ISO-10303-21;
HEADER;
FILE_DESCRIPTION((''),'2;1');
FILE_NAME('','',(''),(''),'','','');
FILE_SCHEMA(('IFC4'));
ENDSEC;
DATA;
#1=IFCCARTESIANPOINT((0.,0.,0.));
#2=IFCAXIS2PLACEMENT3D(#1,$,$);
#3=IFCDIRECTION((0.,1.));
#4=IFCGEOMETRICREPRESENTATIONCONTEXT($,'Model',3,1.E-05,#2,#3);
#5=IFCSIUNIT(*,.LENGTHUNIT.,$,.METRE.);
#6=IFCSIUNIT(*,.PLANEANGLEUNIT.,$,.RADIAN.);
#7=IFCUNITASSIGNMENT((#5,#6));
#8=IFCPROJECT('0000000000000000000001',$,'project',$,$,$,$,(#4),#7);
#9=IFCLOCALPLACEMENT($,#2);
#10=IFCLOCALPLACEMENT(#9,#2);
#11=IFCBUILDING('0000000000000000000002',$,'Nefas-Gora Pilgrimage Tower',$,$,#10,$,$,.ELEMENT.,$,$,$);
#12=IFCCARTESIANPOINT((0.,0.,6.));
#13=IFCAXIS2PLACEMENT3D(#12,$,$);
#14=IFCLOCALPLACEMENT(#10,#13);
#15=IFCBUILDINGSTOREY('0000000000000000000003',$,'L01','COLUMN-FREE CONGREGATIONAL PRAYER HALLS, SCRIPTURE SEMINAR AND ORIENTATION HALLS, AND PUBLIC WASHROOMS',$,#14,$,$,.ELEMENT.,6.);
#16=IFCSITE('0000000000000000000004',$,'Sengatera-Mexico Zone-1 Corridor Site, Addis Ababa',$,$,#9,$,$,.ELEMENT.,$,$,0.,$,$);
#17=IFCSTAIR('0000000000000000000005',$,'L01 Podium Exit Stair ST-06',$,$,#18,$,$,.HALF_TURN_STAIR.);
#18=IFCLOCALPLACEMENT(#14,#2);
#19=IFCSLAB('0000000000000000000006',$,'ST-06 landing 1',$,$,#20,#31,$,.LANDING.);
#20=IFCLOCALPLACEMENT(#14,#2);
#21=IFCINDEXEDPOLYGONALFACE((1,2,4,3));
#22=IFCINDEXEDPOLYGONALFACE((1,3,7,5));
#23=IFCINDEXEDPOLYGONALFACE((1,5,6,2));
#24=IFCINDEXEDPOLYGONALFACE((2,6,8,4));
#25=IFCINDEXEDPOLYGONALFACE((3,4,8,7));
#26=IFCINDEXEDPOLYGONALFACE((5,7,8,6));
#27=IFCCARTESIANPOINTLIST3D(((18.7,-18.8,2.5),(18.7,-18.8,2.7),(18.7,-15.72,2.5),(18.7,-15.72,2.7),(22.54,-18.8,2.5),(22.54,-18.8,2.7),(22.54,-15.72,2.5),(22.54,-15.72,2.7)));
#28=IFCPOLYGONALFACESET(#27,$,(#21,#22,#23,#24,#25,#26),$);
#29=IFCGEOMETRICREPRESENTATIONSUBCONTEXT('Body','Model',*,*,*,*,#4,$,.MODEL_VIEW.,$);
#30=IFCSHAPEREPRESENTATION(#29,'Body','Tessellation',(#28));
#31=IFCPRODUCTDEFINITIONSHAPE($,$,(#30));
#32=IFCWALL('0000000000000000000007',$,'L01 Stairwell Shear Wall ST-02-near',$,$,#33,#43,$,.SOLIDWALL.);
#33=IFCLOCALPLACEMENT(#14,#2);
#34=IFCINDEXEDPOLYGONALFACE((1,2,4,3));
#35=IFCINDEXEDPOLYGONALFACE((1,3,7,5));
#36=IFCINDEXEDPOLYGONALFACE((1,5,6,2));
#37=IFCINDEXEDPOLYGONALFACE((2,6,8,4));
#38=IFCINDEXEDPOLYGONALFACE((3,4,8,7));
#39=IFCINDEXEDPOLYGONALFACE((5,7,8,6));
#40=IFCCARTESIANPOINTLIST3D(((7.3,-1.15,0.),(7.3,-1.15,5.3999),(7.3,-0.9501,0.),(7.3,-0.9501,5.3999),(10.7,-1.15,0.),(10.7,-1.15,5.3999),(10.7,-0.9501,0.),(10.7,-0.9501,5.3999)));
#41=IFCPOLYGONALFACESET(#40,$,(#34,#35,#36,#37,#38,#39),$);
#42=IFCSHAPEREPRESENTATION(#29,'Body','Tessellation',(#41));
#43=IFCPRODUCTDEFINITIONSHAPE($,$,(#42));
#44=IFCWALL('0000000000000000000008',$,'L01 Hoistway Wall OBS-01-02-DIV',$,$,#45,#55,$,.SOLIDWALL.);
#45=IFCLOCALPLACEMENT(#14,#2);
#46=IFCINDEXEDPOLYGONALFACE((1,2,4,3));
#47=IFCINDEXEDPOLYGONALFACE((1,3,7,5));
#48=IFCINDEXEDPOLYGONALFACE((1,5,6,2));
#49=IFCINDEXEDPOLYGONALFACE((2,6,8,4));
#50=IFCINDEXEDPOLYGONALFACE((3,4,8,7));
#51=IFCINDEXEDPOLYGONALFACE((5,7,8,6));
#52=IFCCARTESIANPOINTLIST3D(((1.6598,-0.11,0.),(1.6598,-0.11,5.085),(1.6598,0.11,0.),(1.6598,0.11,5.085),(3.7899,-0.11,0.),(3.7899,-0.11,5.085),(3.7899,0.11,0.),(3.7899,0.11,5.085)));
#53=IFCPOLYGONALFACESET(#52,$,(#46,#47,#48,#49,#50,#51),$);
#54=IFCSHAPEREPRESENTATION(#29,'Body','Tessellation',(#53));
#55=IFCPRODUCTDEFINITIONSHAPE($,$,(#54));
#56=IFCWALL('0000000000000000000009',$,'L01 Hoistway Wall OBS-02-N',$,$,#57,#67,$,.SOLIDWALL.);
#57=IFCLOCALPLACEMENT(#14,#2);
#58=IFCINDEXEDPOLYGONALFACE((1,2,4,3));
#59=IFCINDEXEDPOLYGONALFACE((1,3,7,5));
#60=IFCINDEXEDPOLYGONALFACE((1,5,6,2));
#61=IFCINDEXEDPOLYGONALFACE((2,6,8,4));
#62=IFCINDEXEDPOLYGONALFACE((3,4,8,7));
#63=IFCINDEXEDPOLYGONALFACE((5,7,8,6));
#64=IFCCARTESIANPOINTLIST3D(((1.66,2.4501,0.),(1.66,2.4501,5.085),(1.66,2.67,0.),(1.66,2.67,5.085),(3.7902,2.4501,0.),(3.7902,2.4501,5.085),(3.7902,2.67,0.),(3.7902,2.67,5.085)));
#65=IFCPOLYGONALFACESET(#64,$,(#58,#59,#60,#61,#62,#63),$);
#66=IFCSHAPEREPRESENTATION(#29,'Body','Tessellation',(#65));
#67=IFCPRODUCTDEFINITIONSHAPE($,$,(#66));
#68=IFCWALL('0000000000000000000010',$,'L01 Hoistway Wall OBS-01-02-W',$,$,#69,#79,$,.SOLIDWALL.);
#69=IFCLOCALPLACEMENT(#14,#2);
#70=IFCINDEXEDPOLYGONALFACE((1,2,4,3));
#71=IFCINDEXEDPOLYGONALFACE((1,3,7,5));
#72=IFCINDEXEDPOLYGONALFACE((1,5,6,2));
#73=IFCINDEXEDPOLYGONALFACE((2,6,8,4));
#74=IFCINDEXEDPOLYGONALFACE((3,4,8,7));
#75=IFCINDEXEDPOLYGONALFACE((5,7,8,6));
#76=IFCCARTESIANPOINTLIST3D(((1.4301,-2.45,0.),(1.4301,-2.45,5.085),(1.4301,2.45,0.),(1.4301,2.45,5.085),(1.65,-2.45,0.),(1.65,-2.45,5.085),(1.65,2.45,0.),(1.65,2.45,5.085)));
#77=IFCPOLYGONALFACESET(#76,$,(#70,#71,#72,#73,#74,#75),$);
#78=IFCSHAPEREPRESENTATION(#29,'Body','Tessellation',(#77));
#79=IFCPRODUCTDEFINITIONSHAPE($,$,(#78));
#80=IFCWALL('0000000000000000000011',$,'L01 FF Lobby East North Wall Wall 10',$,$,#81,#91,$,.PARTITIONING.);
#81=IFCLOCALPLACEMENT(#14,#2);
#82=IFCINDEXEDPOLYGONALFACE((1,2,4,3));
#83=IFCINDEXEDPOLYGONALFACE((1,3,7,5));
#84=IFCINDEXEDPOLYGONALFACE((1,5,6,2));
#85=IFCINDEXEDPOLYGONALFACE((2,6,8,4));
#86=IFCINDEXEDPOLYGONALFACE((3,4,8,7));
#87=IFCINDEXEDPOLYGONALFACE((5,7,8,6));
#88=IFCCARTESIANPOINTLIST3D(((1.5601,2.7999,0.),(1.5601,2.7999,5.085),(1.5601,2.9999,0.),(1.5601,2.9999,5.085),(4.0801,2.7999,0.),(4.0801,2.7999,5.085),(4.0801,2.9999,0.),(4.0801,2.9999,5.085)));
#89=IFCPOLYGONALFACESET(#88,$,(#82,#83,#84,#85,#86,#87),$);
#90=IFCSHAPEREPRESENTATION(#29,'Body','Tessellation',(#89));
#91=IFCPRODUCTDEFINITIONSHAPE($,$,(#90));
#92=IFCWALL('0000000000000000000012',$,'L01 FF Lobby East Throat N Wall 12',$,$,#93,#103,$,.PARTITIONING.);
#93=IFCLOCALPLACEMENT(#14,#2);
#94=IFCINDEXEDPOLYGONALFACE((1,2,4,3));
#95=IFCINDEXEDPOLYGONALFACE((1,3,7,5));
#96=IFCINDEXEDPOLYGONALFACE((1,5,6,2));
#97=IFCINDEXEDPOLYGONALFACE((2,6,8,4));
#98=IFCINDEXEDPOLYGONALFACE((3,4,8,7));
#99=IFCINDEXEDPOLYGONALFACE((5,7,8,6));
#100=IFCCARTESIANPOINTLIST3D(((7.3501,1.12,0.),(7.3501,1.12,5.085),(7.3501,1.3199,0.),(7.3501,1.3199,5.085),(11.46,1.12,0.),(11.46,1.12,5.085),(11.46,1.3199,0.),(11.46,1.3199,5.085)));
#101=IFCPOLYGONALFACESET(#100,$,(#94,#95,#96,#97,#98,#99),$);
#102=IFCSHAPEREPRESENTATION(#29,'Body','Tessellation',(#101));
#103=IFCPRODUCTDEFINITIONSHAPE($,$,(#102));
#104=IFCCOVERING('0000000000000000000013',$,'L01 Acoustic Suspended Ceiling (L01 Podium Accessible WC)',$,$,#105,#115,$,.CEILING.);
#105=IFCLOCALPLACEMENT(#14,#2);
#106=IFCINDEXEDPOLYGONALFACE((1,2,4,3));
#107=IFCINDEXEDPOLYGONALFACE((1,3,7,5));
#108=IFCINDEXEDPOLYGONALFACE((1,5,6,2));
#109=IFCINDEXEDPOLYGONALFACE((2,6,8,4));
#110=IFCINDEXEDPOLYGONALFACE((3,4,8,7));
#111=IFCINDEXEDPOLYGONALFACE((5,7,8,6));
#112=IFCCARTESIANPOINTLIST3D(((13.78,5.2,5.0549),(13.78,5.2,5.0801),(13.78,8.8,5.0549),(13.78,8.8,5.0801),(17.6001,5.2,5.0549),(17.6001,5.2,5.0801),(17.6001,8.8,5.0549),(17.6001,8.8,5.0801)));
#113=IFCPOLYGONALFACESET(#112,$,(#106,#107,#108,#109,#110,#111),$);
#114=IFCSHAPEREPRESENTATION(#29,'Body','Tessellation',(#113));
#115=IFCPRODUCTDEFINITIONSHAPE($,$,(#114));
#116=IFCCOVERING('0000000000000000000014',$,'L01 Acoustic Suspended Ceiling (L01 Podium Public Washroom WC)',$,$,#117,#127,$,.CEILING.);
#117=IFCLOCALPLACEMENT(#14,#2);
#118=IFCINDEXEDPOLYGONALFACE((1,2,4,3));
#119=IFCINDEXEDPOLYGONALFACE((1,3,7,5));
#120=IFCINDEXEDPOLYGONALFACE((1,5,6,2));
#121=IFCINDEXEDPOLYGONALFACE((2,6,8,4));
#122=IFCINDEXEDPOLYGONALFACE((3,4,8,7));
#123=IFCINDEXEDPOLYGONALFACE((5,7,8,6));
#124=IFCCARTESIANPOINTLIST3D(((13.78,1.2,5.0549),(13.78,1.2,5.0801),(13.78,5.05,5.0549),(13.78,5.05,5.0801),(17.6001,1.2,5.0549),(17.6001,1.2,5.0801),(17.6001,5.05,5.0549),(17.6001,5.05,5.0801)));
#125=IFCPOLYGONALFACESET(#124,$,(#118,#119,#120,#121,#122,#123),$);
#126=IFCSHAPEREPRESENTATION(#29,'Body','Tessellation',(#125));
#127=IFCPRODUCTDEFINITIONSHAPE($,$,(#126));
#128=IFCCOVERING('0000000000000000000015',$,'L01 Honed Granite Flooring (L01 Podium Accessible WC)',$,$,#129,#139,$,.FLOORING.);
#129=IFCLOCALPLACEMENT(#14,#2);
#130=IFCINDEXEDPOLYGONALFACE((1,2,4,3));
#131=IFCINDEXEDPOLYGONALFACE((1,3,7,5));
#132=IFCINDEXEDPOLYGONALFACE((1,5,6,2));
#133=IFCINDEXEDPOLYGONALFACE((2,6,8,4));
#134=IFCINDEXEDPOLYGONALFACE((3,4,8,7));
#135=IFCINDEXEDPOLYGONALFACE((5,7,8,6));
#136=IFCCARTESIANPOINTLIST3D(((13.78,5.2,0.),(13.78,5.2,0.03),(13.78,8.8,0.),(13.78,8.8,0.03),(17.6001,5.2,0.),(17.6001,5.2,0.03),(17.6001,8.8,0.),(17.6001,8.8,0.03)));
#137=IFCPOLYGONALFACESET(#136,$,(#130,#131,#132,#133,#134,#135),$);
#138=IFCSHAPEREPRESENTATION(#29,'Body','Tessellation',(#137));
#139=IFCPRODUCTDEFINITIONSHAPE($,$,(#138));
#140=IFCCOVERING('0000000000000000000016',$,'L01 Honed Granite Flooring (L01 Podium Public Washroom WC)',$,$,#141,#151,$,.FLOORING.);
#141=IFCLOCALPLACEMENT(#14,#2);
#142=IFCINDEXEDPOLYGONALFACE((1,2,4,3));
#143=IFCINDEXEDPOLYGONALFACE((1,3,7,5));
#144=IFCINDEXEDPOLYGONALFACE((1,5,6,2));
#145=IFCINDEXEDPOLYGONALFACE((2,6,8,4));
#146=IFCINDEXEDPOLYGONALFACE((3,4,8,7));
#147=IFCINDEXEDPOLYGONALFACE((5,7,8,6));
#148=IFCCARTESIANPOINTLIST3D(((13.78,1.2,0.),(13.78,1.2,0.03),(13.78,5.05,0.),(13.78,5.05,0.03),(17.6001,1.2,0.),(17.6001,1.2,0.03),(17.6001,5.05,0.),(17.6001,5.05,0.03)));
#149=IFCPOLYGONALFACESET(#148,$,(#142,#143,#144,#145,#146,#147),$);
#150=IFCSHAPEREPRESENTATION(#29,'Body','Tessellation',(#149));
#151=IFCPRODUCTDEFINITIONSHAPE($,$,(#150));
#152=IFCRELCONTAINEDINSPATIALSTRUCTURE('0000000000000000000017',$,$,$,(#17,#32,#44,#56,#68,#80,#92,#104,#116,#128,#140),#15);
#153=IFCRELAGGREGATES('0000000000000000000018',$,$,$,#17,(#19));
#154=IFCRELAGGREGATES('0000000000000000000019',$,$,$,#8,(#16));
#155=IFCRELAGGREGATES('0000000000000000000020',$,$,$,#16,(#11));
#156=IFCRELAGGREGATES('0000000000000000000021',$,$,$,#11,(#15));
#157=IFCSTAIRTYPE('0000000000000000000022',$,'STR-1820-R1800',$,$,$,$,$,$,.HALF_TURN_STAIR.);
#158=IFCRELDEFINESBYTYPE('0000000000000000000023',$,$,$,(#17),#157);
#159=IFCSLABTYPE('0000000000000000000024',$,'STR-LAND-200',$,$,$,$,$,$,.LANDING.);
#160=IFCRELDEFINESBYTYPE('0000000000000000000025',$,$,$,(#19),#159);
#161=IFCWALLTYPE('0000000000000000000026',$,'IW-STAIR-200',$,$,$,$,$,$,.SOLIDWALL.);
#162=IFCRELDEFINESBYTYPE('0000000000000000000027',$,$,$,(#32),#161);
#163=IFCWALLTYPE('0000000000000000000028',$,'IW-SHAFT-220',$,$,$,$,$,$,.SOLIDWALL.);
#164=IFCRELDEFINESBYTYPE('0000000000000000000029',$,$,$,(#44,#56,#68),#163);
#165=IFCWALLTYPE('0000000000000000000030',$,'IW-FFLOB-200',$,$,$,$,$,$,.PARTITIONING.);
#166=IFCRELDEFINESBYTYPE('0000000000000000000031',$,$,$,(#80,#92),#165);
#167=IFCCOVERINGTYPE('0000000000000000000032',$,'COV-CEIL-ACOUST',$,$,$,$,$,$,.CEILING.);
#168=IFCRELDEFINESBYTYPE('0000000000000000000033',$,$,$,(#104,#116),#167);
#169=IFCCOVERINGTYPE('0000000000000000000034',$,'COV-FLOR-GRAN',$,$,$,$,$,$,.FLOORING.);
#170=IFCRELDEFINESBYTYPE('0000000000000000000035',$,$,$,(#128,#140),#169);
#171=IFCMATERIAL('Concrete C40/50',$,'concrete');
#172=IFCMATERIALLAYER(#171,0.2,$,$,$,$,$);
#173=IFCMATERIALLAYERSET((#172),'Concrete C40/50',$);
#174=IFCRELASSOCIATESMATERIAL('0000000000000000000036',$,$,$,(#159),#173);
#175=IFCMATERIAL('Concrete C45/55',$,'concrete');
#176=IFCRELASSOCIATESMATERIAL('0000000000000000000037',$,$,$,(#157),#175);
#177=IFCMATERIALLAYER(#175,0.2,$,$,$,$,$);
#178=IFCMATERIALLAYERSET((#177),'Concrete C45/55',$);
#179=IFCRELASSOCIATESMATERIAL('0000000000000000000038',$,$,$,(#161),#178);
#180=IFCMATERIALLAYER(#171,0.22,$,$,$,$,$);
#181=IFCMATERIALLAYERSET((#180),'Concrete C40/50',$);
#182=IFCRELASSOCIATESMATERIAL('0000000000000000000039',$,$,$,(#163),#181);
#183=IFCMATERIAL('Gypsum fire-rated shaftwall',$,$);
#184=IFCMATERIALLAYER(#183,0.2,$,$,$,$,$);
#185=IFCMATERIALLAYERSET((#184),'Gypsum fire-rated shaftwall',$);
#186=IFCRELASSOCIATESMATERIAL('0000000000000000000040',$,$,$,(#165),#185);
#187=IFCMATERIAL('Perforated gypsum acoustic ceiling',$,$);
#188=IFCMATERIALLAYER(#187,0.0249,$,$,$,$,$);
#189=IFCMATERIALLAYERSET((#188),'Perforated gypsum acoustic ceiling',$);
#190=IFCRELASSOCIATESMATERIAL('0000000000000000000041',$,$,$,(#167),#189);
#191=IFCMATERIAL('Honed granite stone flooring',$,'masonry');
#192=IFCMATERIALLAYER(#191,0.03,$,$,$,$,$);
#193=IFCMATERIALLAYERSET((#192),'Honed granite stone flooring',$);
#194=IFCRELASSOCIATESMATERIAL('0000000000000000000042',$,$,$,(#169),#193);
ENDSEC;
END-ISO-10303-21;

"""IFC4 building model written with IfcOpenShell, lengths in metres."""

from ifc_helpers import new_model, si_unit, direction, frame, frame_2d, origin, place, context, subcontext, project, spatial, polyline, rectangle, outline, extrude, source, transform, mapped, material, layer, layer_set, type_object, element, aggregate, save


model = new_model("IFC4")

# Units and contexts
model_context = context("Model", 3, precision=1e-05, world=origin(), true_north=direction((0.0, 1.0)))
body_context = subcontext(model_context, "Body", "Model", "MODEL_VIEW")
ifc_project = project(units=[si_unit("LENGTHUNIT", "METRE"), si_unit("PLANEANGLEUNIT", "RADIAN")], contexts=[model_context])

# Site, building, storey
site_placement = place(None, origin())
site = spatial("IfcSite", under=ifc_project, at=site_placement, Name="Sengatera-Mexico Zone-1 Corridor Site, Addis Ababa", CompositionType="ELEMENT", RefElevation=0.0)
building_placement = place(site_placement, origin())
building = spatial("IfcBuilding", under=site, at=building_placement, Name="Nefas-Gora Pilgrimage Tower", CompositionType="ELEMENT")
storey_placement = place(building_placement, frame((0.0, 0.0, 6.0)))
storey = spatial("IfcBuildingStorey", under=building, at=storey_placement, Name="L01", Description="COLUMN-FREE CONGREGATIONAL PRAYER HALLS, SCRIPTURE SEMINAR AND ORIENTATION HALLS, AND PUBLIC WASHROOMS", CompositionType="ELEMENT", Elevation=6.0)

# Shared definitions
ifc_material_1 = material(Name="Concrete C45/55", Category="concrete")

# Stair, slab
ifc_material_2 = material(Name="Concrete C40/50", Category="concrete")
ifc_layer_1 = layer(ifc_material_2, 0.2)
ifc_layer_set_1 = layer_set([ifc_layer_1], Name="Concrete C40/50")
slab_type_1 = type_object("IfcSlabType", Name="STR-LAND-200", PredefinedType="LANDING", material=ifc_layer_set_1)
stair_type_1 = type_object("IfcStairType", Name="STR-1820-R1800", PredefinedType="HALF_TURN_STAIR", material=ifc_material_1)
stair_1_placement = place(storey_placement, origin())
stair_1 = element("IfcStair", 1, at=stair_1_placement, inside=storey, type_object=stair_type_1, Name="L01 Podium Exit Stair ST-06", PredefinedType="HALF_TURN_STAIR")
slab_1_placement = place(storey_placement, frame((0.0, 0.0, 2.5)))
slab_1 = element("IfcSlab", 2, at=slab_1_placement, type_object=slab_type_1, Name="ST-06 landing 1", PredefinedType="LANDING", context=body_context, shape_type="SweptSolid", body=[
    extrude(outline(polyline([(18.7, -15.72), (18.7, -18.8), (22.54, -18.8), (22.54, -15.72), (18.7, -15.72)])), origin(), (0.0, 0.0, 1.0), 0.2),
])
aggregate(stair_1, [slab_1])

# Walls
ifc_layer_2 = layer(ifc_material_1, 0.2)
ifc_layer_set_2 = layer_set([ifc_layer_2], Name="Concrete C45/55")
wall_type_1 = type_object("IfcWallType", Name="IW-STAIR-200", PredefinedType="SOLIDWALL", material=ifc_layer_set_2)
shared_shape_1 = source(origin(), body_context, "Body", "SweptSolid", [
    extrude(rectangle(XDim=3.3999, YDim=0.2, at=frame_2d((1.7, 0.0))), origin(), (0.0, 0.0, 1.0), 5.3999),
])
wall_1_placement = place(storey_placement, frame((7.3, -1.05, 0.0), z_axis=(0.0, 0.0, 1.0), x_axis=(1.0, 0.0, 0.0)))
element("IfcWall", 3, at=wall_1_placement, inside=storey, type_object=wall_type_1, Name="L01 Stairwell Shear Wall ST-02-near", PredefinedType="SOLIDWALL", context=body_context, shape_type="MappedRepresentation", body=[
    mapped(shared_shape_1, transform((0.0, 0.0, 0.0), x_axis=(1.0, 0.0, 0.0), y_axis=(0.0, 1.0, 0.0), z_axis=(0.0, 0.0, 1.0), scale=1.0)),
])
ifc_layer_3 = layer(ifc_material_2, 0.22)
ifc_layer_set_3 = layer_set([ifc_layer_3], Name="Concrete C40/50")
wall_type_2 = type_object("IfcWallType", Name="IW-SHAFT-220", PredefinedType="SOLIDWALL", material=ifc_layer_set_3)
shared_shape_2 = source(origin(), body_context, "Body", "SweptSolid", [
    extrude(rectangle(XDim=2.1301, YDim=0.22, at=frame_2d((1.0649, 0.0))), origin(), (0.0, 0.0, 1.0), 5.085),
])
for number, where, z_axis, x_axis, name in (
    (4, (1.6599, 0.0, 0.0), (0.0, 0.0, 1.0), (1.0, 0.0, 0.0), "L01 Hoistway Wall OBS-01-02-DIV"),
    (5, (3.79, 2.5601, 0.0), (0.0, 0.0, 1.0), (-1.0, 0.0, 0.0), "L01 Hoistway Wall OBS-02-N"),
):
    element("IfcWall", number, at=place(storey_placement, frame(where, z_axis=z_axis, x_axis=x_axis)), inside=storey, type_object=wall_type_2, Name=name, PredefinedType="SOLIDWALL", context=body_context, shape_type="MappedRepresentation", body=[
        mapped(shared_shape_2, transform((0.0, 0.0, 0.0), x_axis=(1.0, 0.0, 0.0), y_axis=(0.0, 1.0, 0.0), z_axis=(0.0, 0.0, 1.0), scale=1.0)),
    ])
shared_shape_3 = source(origin(), body_context, "Body", "SweptSolid", [
    extrude(rectangle(XDim=4.8999, YDim=0.22, at=frame_2d((2.45, 0.0))), origin(), (0.0, 0.0, 1.0), 5.085),
])
wall_2_placement = place(storey_placement, frame((1.54, 2.45, 0.0), z_axis=(0.0, 0.0, 1.0), x_axis=(0.0, -1.0, 0.0)))
element("IfcWall", 6, at=wall_2_placement, inside=storey, type_object=wall_type_2, Name="L01 Hoistway Wall OBS-01-02-W", PredefinedType="SOLIDWALL", context=body_context, shape_type="MappedRepresentation", body=[
    mapped(shared_shape_3, transform((0.0, 0.0, 0.0), x_axis=(1.0, 0.0, 0.0), y_axis=(0.0, 1.0, 0.0), z_axis=(0.0, 0.0, 1.0), scale=1.0)),
])
ifc_material_3 = material(Name="Gypsum fire-rated shaftwall")
ifc_layer_4 = layer(ifc_material_3, 0.2)
ifc_layer_set_4 = layer_set([ifc_layer_4], Name="Gypsum fire-rated shaftwall")
wall_type_3 = type_object("IfcWallType", Name="IW-FFLOB-200", PredefinedType="PARTITIONING", material=ifc_layer_set_4)
shared_shape_4 = source(origin(), body_context, "Body", "SweptSolid", [
    extrude(rectangle(XDim=2.52, YDim=0.2, at=frame_2d((1.26, 0.0))), origin(), (0.0, 0.0, 1.0), 5.085),
])
wall_3_placement = place(storey_placement, frame((1.5601, 2.8999, 0.0), z_axis=(0.0, 0.0, 1.0), x_axis=(1.0, 0.0, 0.0)))
element("IfcWall", 7, at=wall_3_placement, inside=storey, type_object=wall_type_3, Name="L01 FF Lobby East North Wall Wall 10", PredefinedType="PARTITIONING", context=body_context, shape_type="MappedRepresentation", body=[
    mapped(shared_shape_4, transform((0.0, 0.0, 0.0), x_axis=(1.0, 0.0, 0.0), y_axis=(0.0, 1.0, 0.0), z_axis=(0.0, 0.0, 1.0), scale=1.0)),
])
shared_shape_5 = source(origin(), body_context, "Body", "SweptSolid", [
    extrude(rectangle(XDim=4.1099, YDim=0.2, at=frame_2d((2.0549, 0.0))), origin(), (0.0, 0.0, 1.0), 5.085),
])
wall_4_placement = place(storey_placement, frame((7.3501, 1.22, 0.0), z_axis=(0.0, 0.0, 1.0), x_axis=(1.0, 0.0, 0.0)))
element("IfcWall", 8, at=wall_4_placement, inside=storey, type_object=wall_type_3, Name="L01 FF Lobby East Throat N Wall 12", PredefinedType="PARTITIONING", context=body_context, shape_type="MappedRepresentation", body=[
    mapped(shared_shape_5, transform((0.0, 0.0, 0.0), x_axis=(1.0, 0.0, 0.0), y_axis=(0.0, 1.0, 0.0), z_axis=(0.0, 0.0, 1.0), scale=1.0)),
])

# Coverings
ifc_material_4 = material(Name="Perforated gypsum acoustic ceiling")
ifc_layer_5 = layer(ifc_material_4, 0.0249)
ifc_layer_set_5 = layer_set([ifc_layer_5], Name="Perforated gypsum acoustic ceiling")
covering_type_1 = type_object("IfcCoveringType", Name="COV-CEIL-ACOUST", PredefinedType="CEILING", material=ifc_layer_set_5)
covering_1_placement = place(storey_placement, frame((0.0, 0.0, 5.0549)))
element("IfcCovering", 9, at=covering_1_placement, inside=storey, type_object=covering_type_1, Name="L01 Acoustic Suspended Ceiling (L01 Podium Accessible WC)", PredefinedType="CEILING", context=body_context, shape_type="SweptSolid", body=[
    extrude(outline(polyline([(13.78, 8.8), (13.78, 5.2), (17.6001, 5.2), (17.6001, 8.8), (13.78, 8.8)])), origin(), (0.0, 0.0, 1.0), 0.0251),
])
covering_2_placement = place(storey_placement, frame((0.0, 0.0, 5.0549)))
element("IfcCovering", 10, at=covering_2_placement, inside=storey, type_object=covering_type_1, Name="L01 Acoustic Suspended Ceiling (L01 Podium Public Washroom WC)", PredefinedType="CEILING", context=body_context, shape_type="SweptSolid", body=[
    extrude(outline(polyline([(13.78, 5.05), (13.78, 1.2), (17.6001, 1.2), (17.6001, 5.05), (13.78, 5.05)])), origin(), (0.0, 0.0, 1.0), 0.0251),
])
ifc_material_5 = material(Name="Honed granite stone flooring", Category="masonry")
ifc_layer_6 = layer(ifc_material_5, 0.03)
ifc_layer_set_6 = layer_set([ifc_layer_6], Name="Honed granite stone flooring")
covering_type_2 = type_object("IfcCoveringType", Name="COV-FLOR-GRAN", PredefinedType="FLOORING", material=ifc_layer_set_6)
covering_3_placement = place(storey_placement, origin())
element("IfcCovering", 11, at=covering_3_placement, inside=storey, type_object=covering_type_2, Name="L01 Honed Granite Flooring (L01 Podium Accessible WC)", PredefinedType="FLOORING", context=body_context, shape_type="SweptSolid", body=[
    extrude(outline(polyline([(13.78, 8.8), (13.78, 5.2), (17.6001, 5.2), (17.6001, 8.8), (13.78, 8.8)])), origin(), (0.0, 0.0, 1.0), 0.03),
])
covering_4_placement = place(storey_placement, origin())
element("IfcCovering", 12, at=covering_4_placement, inside=storey, type_object=covering_type_2, Name="L01 Honed Granite Flooring (L01 Podium Public Washroom WC)", PredefinedType="FLOORING", context=body_context, shape_type="SweptSolid", body=[
    extrude(outline(polyline([(13.78, 5.05), (13.78, 1.2), (17.6001, 1.2), (17.6001, 5.05), (13.78, 5.05)])), origin(), (0.0, 0.0, 1.0), 0.03),
])

save(model, "model.ifc")
